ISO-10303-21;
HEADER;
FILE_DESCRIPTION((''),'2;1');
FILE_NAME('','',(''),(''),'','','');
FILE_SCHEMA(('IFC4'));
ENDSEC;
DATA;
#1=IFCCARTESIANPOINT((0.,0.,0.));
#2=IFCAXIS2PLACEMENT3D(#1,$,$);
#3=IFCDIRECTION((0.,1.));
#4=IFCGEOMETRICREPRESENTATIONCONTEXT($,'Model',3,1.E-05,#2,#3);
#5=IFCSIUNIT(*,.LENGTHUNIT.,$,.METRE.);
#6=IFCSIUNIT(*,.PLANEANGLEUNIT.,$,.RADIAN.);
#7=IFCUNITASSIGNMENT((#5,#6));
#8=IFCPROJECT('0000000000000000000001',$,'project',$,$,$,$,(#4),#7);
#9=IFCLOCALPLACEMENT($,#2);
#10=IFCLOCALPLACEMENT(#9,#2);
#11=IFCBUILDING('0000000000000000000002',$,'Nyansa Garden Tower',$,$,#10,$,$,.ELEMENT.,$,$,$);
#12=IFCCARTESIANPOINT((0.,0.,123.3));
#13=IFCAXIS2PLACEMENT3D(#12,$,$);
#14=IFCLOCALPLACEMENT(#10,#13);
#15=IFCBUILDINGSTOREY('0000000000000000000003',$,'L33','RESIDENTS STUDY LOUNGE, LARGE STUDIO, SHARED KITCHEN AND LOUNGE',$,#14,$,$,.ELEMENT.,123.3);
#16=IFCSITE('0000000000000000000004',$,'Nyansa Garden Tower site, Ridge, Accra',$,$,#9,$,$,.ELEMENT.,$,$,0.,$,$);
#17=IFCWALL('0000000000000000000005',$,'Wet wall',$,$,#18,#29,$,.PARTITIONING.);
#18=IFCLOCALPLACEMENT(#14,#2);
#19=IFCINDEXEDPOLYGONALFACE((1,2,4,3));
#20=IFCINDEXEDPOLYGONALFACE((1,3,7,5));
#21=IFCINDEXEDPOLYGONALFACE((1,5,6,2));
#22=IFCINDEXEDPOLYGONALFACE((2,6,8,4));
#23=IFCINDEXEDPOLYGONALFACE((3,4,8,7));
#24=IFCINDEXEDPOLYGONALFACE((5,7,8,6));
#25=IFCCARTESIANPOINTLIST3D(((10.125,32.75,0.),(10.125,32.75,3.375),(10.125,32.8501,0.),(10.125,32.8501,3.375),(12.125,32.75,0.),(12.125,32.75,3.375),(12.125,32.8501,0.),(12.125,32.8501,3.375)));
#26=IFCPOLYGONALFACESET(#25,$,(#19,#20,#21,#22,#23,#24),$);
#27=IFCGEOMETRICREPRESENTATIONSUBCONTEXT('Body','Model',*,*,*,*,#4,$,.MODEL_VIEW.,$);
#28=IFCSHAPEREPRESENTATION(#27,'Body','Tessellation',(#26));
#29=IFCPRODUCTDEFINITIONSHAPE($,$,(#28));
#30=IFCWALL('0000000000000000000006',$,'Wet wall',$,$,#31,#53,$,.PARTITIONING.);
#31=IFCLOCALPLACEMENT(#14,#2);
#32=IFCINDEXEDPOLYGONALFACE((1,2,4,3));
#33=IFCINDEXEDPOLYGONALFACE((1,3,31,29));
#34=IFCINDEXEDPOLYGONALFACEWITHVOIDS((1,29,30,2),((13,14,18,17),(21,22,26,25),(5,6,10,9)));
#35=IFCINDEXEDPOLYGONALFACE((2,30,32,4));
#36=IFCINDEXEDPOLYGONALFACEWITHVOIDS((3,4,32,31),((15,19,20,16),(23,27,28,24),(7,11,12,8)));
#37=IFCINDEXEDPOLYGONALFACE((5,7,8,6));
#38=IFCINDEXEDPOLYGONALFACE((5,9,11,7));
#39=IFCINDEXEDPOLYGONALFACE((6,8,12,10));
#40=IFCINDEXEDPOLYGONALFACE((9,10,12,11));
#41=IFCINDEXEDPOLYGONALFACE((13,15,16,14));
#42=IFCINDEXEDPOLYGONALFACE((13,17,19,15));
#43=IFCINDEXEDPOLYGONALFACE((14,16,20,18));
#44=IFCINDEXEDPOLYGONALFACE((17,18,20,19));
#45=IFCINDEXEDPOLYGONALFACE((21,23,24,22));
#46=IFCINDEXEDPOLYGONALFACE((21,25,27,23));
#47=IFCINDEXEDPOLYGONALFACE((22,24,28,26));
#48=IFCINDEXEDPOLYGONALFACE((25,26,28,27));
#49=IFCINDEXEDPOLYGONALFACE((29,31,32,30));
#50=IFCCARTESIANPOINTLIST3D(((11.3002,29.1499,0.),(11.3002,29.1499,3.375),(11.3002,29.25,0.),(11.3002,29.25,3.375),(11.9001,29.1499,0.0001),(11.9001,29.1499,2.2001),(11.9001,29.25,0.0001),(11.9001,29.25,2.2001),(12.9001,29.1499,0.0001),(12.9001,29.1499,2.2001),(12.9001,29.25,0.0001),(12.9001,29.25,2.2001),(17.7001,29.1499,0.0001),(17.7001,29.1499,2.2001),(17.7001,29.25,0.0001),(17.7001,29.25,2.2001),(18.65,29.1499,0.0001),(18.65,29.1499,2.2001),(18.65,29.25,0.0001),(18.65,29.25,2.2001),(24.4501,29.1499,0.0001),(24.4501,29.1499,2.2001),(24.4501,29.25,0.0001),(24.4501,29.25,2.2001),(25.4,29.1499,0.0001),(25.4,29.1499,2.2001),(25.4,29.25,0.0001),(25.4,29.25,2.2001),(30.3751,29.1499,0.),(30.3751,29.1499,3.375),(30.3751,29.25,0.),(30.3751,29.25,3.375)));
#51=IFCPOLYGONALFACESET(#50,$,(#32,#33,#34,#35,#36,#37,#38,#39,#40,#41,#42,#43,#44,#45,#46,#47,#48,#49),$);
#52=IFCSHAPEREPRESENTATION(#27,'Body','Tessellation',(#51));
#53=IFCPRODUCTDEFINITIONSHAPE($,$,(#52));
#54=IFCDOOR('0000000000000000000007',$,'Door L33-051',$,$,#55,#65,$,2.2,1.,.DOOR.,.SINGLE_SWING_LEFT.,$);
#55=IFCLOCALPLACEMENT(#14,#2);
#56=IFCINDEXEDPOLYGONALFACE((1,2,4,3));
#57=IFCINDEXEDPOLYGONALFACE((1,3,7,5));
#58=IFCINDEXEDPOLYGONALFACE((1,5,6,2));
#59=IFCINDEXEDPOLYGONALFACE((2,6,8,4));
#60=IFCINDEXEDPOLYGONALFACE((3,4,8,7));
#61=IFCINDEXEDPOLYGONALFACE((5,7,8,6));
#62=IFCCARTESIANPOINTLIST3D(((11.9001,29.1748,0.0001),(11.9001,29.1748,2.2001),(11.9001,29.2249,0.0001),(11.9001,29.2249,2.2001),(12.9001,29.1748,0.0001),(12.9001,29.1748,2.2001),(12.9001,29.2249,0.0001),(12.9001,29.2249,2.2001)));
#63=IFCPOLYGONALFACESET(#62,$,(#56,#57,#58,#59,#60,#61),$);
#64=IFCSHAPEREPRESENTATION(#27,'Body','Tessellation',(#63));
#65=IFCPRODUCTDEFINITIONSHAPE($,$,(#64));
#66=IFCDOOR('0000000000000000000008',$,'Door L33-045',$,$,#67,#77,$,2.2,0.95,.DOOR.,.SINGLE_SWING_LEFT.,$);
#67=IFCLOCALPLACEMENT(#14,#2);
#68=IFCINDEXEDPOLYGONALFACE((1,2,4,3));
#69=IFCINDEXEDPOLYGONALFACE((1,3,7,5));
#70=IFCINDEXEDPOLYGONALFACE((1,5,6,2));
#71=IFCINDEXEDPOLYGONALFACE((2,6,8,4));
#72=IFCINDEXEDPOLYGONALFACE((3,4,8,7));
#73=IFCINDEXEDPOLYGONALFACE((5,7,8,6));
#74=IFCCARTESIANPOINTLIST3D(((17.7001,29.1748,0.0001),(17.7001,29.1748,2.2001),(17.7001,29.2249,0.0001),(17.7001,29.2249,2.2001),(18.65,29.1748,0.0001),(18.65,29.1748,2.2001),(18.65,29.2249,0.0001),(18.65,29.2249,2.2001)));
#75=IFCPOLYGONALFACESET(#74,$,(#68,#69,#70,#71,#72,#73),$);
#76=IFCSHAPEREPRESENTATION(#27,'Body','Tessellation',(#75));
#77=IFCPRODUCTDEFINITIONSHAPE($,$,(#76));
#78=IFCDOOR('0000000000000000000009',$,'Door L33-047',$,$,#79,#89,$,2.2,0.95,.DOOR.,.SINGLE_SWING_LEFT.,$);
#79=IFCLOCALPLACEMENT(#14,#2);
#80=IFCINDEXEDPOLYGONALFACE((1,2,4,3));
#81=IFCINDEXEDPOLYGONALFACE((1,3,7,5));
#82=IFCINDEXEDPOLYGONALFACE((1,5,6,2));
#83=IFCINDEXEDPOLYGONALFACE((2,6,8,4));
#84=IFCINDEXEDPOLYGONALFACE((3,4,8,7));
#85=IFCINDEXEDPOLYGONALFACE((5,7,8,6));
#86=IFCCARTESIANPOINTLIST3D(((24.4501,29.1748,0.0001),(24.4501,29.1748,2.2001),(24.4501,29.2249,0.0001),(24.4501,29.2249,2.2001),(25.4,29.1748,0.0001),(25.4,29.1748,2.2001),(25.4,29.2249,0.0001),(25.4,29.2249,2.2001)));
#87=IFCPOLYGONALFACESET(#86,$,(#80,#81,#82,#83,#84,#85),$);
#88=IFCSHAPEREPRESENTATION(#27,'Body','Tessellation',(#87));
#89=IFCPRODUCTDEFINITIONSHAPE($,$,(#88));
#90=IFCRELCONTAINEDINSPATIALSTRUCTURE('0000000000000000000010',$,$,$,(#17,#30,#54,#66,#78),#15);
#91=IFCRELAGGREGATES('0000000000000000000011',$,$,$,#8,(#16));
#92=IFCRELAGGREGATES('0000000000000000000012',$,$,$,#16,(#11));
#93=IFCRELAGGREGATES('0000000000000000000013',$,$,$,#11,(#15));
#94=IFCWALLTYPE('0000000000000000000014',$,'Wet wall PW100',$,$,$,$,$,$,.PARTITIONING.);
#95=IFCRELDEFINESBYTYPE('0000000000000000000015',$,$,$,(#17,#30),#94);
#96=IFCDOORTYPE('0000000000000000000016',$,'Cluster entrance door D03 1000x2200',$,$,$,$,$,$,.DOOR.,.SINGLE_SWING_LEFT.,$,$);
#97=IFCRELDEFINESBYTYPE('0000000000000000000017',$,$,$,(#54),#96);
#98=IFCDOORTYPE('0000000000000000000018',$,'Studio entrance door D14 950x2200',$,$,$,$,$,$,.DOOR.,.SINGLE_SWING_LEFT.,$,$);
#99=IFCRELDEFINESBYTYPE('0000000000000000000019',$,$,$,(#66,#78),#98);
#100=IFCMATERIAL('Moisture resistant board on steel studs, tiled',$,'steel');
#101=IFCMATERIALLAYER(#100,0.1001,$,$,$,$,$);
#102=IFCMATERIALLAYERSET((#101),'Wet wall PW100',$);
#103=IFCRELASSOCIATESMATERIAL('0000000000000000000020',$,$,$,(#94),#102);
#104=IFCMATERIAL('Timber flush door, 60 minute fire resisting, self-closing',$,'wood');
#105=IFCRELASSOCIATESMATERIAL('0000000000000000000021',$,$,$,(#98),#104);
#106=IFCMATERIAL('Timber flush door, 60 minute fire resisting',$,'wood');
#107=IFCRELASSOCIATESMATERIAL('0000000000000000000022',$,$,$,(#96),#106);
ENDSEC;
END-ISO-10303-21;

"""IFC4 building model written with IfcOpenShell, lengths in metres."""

from ifc_helpers import new_model, si_unit, direction, frame, frame_2d, origin, place, context, subcontext, project, spatial, rectangle, extrude, material, layer, layer_set, type_object, element, fill, save


model = new_model("IFC4")

# Units and contexts
model_context = context("Model", 3, precision=1e-05, world=origin(), true_north=direction((0.0, 1.0)))
body_context = subcontext(model_context, "Body", "Model", "MODEL_VIEW")
ifc_project = project(units=[si_unit("LENGTHUNIT", "METRE"), si_unit("PLANEANGLEUNIT", "RADIAN")], contexts=[model_context])

# Site, building, storey
site_placement = place(None, origin())
site = spatial("IfcSite", under=ifc_project, at=site_placement, Name="Nyansa Garden Tower site, Ridge, Accra", CompositionType="ELEMENT", RefElevation=0.0)
building_placement = place(site_placement, origin())
building = spatial("IfcBuilding", under=site, at=building_placement, Name="Nyansa Garden Tower", CompositionType="ELEMENT")
storey_placement = place(building_placement, frame((0.0, 0.0, 123.3)))
storey = spatial("IfcBuildingStorey", under=building, at=storey_placement, Name="L33", Description="RESIDENTS STUDY LOUNGE, LARGE STUDIO, SHARED KITCHEN AND LOUNGE", CompositionType="ELEMENT", Elevation=123.3)

# Shared definitions
ifc_material_1 = material(Name="Moisture resistant board on steel studs, tiled", Category="steel")
ifc_layer_1 = layer(ifc_material_1, 0.1001)
ifc_layer_set_1 = layer_set([ifc_layer_1], Name="Wet wall PW100")
wall_type_1 = type_object("IfcWallType", Name="Wet wall PW100", PredefinedType="PARTITIONING", material=ifc_layer_set_1)

# Shared definitions
ifc_material_2 = material(Name="Timber flush door, 60 minute fire resisting, self-closing", Category="wood")
door_type_1 = type_object("IfcDoorType", Name="Studio entrance door D14 950x2200", OperationType="SINGLE_SWING_LEFT", PredefinedType="DOOR", material=ifc_material_2)

# Wall
wall_1_placement = place(storey_placement, frame((10.125, 32.8, 0.0), z_axis=(0.0, 0.0, 1.0), x_axis=(1.0, 0.0, 0.0)))
element("IfcWall", 1, at=wall_1_placement, inside=storey, type_object=wall_type_1, Name="Wet wall", PredefinedType="PARTITIONING", context=body_context, shape_type="SweptSolid", body=[
    extrude(rectangle(XDim=2.0, YDim=0.1001, at=frame_2d((1.0, 0.0))), origin(), (0.0, 0.0, 1.0), 3.375),
])

# Wall, openings, doors
wall_2_placement = place(storey_placement, frame((11.3, 29.2, 0.0), z_axis=(0.0, 0.0, 1.0), x_axis=(1.0, 0.0, 0.0)))
wall_2 = element("IfcWall", 2, at=wall_2_placement, inside=storey, type_object=wall_type_1, Name="Wet wall", PredefinedType="PARTITIONING", context=body_context, shape_type="SweptSolid", body=[
    extrude(rectangle(XDim=19.075, YDim=0.1001, at=frame_2d((9.5376, 0.0))), origin(), (0.0, 0.0, 1.0), 3.375),
])
opening_1_placement = place(wall_2_placement, frame((6.3999, 0.0, 0.0)))
opening_1 = element("IfcOpeningElement", 3, at=opening_1_placement, cuts=wall_2, PredefinedType="OPENING", context=body_context, shape_type="SweptSolid", body=[
    extrude(rectangle(XDim=0.95, YDim=2.2, at=frame_2d((0.4751, 1.1001))), frame((0.0, 0.0601, 0.0), z_axis=(0.0, -1.0, 0.0), x_axis=(1.0, 0.0, 0.0)), (0.0, 0.0, 1.0), 0.1201),
])
opening_2_placement = place(wall_2_placement, frame((13.1499, 0.0, 0.0)))
opening_2 = element("IfcOpeningElement", 4, at=opening_2_placement, cuts=wall_2, PredefinedType="OPENING", context=body_context, shape_type="SweptSolid", body=[
    extrude(rectangle(XDim=0.95, YDim=2.2, at=frame_2d((0.4751, 1.1001))), frame((0.0, 0.0601, 0.0), z_axis=(0.0, -1.0, 0.0), x_axis=(1.0, 0.0, 0.0)), (0.0, 0.0, 1.0), 0.1201),
])
opening_3_placement = place(wall_2_placement, frame((0.6001, 0.0, 0.0)))
opening_3 = element("IfcOpeningElement", 5, at=opening_3_placement, cuts=wall_2, PredefinedType="OPENING", context=body_context, shape_type="SweptSolid", body=[
    extrude(rectangle(XDim=1.0, YDim=2.2, at=frame_2d((0.5, 1.1001))), frame((0.0, 0.0601, 0.0), z_axis=(0.0, -1.0, 0.0), x_axis=(1.0, 0.0, 0.0)), (0.0, 0.0, 1.0), 0.1201),
])
ifc_material_3 = material(Name="Timber flush door, 60 minute fire resisting", Category="wood")
door_type_2 = type_object("IfcDoorType", Name="Cluster entrance door D03 1000x2200", OperationType="SINGLE_SWING_LEFT", PredefinedType="DOOR", material=ifc_material_3)
door_1_placement = place(opening_3_placement, origin())
door_1 = element("IfcDoor", 6, at=door_1_placement, inside=storey, type_object=door_type_2, Name="Door L33-051", OperationType="SINGLE_SWING_LEFT", OverallHeight=2.2, OverallWidth=1.0, PredefinedType="DOOR", context=body_context, shape_type="SweptSolid", body=[
    extrude(rectangle(XDim=1.0, YDim=2.2, at=frame_2d((0.5, 1.1001))), frame((0.0, 0.0249, 0.0), z_axis=(0.0, -1.0, 0.0), x_axis=(1.0, 0.0, 0.0)), (0.0, 0.0, 1.0), 0.05),
])
fill(opening_3, door_1)
door_2_placement = place(opening_1_placement, origin())
door_2 = element("IfcDoor", 7, at=door_2_placement, inside=storey, type_object=door_type_1, Name="Door L33-045", OperationType="SINGLE_SWING_LEFT", OverallHeight=2.2, OverallWidth=0.95, PredefinedType="DOOR", context=body_context, shape_type="SweptSolid", body=[
    extrude(rectangle(XDim=0.95, YDim=2.2, at=frame_2d((0.4751, 1.1001))), frame((0.0, 0.0249, 0.0), z_axis=(0.0, -1.0, 0.0), x_axis=(1.0, 0.0, 0.0)), (0.0, 0.0, 1.0), 0.05),
])
fill(opening_1, door_2)
door_3_placement = place(opening_2_placement, origin())
door_3 = element("IfcDoor", 8, at=door_3_placement, inside=storey, type_object=door_type_1, Name="Door L33-047", OperationType="SINGLE_SWING_LEFT", OverallHeight=2.2, OverallWidth=0.95, PredefinedType="DOOR", context=body_context, shape_type="SweptSolid", body=[
    extrude(rectangle(XDim=0.95, YDim=2.2, at=frame_2d((0.4751, 1.1001))), frame((0.0, 0.0249, 0.0), z_axis=(0.0, -1.0, 0.0), x_axis=(1.0, 0.0, 0.0)), (0.0, 0.0, 1.0), 0.05),
])
fill(opening_2, door_3)

save(model, "model.ifc")
